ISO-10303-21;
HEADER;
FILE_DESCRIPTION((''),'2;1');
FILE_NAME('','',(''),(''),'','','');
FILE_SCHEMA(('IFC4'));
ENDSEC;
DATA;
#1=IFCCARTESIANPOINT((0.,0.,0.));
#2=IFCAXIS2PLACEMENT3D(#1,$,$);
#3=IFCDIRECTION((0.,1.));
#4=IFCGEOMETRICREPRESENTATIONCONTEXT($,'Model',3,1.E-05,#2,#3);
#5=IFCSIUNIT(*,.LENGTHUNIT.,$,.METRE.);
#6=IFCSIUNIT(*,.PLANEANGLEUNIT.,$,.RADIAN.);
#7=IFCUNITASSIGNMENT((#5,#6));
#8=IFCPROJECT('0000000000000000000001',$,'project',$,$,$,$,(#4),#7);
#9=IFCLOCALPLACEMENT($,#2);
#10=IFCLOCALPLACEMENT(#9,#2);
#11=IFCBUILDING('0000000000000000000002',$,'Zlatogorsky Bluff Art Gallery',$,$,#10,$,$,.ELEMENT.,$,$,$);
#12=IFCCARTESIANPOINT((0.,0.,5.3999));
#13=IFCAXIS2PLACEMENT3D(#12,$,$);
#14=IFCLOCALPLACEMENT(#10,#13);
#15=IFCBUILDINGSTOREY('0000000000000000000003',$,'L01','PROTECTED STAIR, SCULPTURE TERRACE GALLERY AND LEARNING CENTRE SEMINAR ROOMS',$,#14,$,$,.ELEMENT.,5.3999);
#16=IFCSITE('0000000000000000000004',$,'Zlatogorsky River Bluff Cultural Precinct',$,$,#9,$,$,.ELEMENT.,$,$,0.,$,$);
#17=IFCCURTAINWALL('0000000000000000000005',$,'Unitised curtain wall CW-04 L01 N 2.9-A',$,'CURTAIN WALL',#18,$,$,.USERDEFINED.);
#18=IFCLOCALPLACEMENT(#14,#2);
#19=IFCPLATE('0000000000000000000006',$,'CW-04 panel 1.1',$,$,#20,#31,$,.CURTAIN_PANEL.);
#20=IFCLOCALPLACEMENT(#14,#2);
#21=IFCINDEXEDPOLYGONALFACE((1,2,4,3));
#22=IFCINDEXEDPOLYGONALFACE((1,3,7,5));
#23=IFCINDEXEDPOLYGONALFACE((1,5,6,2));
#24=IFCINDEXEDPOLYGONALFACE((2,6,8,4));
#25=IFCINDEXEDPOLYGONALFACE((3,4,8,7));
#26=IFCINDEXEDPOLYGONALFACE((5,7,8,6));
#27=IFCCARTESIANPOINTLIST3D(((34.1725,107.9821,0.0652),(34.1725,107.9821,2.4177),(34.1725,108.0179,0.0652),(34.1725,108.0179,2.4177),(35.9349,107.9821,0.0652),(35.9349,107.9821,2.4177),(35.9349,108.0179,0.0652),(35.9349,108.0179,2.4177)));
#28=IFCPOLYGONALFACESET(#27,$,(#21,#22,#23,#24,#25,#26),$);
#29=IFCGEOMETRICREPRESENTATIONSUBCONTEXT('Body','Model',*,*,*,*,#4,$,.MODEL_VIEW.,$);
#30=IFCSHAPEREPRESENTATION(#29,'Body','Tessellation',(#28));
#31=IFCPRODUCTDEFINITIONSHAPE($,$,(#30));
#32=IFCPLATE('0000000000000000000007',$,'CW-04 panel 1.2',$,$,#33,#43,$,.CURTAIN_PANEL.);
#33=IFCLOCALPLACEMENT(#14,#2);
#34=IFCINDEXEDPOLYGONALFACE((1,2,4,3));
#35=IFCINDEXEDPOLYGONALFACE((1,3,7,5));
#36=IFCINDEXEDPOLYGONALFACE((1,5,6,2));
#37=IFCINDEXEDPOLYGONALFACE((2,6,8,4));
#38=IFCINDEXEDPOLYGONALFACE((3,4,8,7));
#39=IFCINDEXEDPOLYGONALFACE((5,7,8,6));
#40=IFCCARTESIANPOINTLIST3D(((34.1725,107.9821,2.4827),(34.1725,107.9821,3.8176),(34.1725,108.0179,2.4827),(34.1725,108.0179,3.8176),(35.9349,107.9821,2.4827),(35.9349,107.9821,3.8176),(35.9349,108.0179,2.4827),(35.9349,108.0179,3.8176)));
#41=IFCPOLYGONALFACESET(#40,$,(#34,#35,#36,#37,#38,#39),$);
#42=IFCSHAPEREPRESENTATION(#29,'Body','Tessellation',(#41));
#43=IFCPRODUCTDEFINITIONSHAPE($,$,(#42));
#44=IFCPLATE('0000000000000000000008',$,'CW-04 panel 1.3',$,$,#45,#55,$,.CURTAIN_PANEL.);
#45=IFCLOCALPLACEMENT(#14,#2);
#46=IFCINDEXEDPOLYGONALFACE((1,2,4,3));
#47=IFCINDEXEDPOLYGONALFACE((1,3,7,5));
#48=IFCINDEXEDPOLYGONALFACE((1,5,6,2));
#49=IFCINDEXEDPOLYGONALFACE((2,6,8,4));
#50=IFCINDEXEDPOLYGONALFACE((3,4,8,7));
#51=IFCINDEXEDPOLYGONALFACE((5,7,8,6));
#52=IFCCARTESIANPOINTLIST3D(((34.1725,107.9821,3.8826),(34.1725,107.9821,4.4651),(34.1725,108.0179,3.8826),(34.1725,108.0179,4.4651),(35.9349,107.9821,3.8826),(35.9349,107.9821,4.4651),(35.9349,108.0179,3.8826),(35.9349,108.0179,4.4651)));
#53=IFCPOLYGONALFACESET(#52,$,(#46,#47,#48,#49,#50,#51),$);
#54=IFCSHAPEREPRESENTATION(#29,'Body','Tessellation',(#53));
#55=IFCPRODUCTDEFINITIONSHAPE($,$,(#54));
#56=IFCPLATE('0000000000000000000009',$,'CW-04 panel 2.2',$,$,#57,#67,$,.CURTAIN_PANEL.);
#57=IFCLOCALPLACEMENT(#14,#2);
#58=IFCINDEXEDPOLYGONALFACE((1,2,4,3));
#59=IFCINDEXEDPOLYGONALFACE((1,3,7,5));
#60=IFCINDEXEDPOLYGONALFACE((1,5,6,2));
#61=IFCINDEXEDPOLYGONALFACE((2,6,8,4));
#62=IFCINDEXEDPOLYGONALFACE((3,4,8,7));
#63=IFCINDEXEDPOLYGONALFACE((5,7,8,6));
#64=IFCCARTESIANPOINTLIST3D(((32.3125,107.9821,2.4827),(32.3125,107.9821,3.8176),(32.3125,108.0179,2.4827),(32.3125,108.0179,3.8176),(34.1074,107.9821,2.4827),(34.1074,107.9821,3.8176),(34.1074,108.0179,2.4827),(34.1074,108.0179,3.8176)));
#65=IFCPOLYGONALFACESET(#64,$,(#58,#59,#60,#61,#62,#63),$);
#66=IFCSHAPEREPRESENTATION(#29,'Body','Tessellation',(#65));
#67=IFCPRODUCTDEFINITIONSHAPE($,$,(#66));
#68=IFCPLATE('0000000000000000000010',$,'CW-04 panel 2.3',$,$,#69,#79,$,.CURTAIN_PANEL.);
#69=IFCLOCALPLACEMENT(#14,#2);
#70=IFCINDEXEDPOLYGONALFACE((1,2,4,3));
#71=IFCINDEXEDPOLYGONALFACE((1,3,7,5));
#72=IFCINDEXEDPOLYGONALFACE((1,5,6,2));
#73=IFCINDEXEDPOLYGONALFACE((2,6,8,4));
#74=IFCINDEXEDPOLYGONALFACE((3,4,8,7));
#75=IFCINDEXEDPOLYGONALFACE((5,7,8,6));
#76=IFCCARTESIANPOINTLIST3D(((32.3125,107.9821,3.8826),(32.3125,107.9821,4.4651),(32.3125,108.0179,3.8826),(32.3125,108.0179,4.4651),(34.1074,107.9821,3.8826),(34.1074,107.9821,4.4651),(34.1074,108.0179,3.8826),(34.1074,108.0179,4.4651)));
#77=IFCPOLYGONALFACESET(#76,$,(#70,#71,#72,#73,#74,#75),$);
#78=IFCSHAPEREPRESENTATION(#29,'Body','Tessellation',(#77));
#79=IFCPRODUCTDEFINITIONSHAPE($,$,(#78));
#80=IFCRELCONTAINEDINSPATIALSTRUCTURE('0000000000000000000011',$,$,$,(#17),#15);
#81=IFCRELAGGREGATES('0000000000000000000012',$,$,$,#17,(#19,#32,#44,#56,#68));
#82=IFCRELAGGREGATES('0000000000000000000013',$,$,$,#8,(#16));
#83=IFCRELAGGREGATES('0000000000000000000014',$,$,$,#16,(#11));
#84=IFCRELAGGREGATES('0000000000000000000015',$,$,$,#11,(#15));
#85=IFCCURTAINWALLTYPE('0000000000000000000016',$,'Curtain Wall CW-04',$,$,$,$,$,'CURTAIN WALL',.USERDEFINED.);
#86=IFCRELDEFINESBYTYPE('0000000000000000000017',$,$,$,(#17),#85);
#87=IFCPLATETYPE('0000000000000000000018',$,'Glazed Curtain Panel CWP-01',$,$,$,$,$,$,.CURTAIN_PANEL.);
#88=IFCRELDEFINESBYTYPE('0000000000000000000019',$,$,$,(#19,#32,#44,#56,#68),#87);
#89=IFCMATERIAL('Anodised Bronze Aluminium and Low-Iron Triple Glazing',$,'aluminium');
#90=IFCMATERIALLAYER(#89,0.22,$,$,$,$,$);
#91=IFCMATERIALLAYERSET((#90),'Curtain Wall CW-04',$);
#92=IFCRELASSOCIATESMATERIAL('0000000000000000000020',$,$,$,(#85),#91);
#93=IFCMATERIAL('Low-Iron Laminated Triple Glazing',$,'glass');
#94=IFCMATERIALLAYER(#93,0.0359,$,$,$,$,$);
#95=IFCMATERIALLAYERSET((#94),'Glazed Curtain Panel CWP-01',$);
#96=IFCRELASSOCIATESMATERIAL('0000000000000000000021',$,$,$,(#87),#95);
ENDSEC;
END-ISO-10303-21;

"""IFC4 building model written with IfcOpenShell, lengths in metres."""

from ifc_helpers import new_model, si_unit, direction, frame, origin, origin_2d, place, context, subcontext, project, spatial, rectangle, extrude, material, layer, layer_set, type_object, element, aggregate, save


model = new_model("IFC4")

# Units and contexts
model_context = context("Model", 3, precision=1e-05, world=origin(), true_north=direction((0.0, 1.0)))
body_context = subcontext(model_context, "Body", "Model", "MODEL_VIEW")
ifc_project = project(units=[si_unit("LENGTHUNIT", "METRE"), si_unit("PLANEANGLEUNIT", "RADIAN")], contexts=[model_context])

# Site, building, storey
site_placement = place(None, origin())
site = spatial("IfcSite", under=ifc_project, at=site_placement, Name="Zlatogorsky River Bluff Cultural Precinct", CompositionType="ELEMENT", RefElevation=0.0)
building_placement = place(site_placement, origin())
building = spatial("IfcBuilding", under=site, at=building_placement, Name="Zlatogorsky Bluff Art Gallery", CompositionType="ELEMENT")
storey_placement = place(building_placement, frame((0.0, 0.0, 5.3999)))
storey = spatial("IfcBuildingStorey", under=building, at=storey_placement, Name="L01", Description="PROTECTED STAIR, SCULPTURE TERRACE GALLERY AND LEARNING CENTRE SEMINAR ROOMS", CompositionType="ELEMENT", Elevation=5.3999)

# Curtain wall
ifc_material_1 = material(Name="Anodised Bronze Aluminium and Low-Iron Triple Glazing", Category="aluminium")
ifc_layer_1 = layer(ifc_material_1, 0.22)
ifc_layer_set_1 = layer_set([ifc_layer_1], Name="Curtain Wall CW-04")
curtain_wall_type_1 = type_object("IfcCurtainWallType", Name="Curtain Wall CW-04", ElementType="CURTAIN WALL", PredefinedType="USERDEFINED", material=ifc_layer_set_1)
curtain_wall_1_placement = place(storey_placement, origin())
curtain_wall_1 = element("IfcCurtainWall", 1, at=curtain_wall_1_placement, inside=storey, type_object=curtain_wall_type_1, Name="Unitised curtain wall CW-04 L01 N 2.9-A", ObjectType="CURTAIN WALL", PredefinedType="USERDEFINED")

# Plates
ifc_material_2 = material(Name="Low-Iron Laminated Triple Glazing", Category="glass")
ifc_layer_2 = layer(ifc_material_2, 0.0359)
ifc_layer_set_2 = layer_set([ifc_layer_2], Name="Glazed Curtain Panel CWP-01")
plate_type = type_object("IfcPlateType", Name="Glazed Curtain Panel CWP-01", PredefinedType="CURTAIN_PANEL", material=ifc_layer_set_2)
plate_1_placement = place(storey_placement, frame((35.0537, 108.0, 0.0652), z_axis=(0.0, 0.0, 1.0), x_axis=(-1.0, 0.0, 0.0)))
plate_1 = element("IfcPlate", 2, at=plate_1_placement, type_object=plate_type, Name="CW-04 panel 1.1", PredefinedType="CURTAIN_PANEL", context=body_context, shape_type="SweptSolid", body=[
    extrude(rectangle(XDim=1.7625, YDim=0.0359, at=origin_2d()), origin(), (0.0, 0.0, 1.0), 2.3525),
])
plate_2_placement = place(storey_placement, frame((35.0537, 108.0, 2.4827), z_axis=(0.0, 0.0, 1.0), x_axis=(-1.0, 0.0, 0.0)))
plate_2 = element("IfcPlate", 3, at=plate_2_placement, type_object=plate_type, Name="CW-04 panel 1.2", PredefinedType="CURTAIN_PANEL", context=body_context, shape_type="SweptSolid", body=[
    extrude(rectangle(XDim=1.7625, YDim=0.0359, at=origin_2d()), origin(), (0.0, 0.0, 1.0), 1.335),
])
plate_3_placement = place(storey_placement, frame((35.0537, 108.0, 3.8826), z_axis=(0.0, 0.0, 1.0), x_axis=(-1.0, 0.0, 0.0)))
plate_3 = element("IfcPlate", 4, at=plate_3_placement, type_object=plate_type, Name="CW-04 panel 1.3", PredefinedType="CURTAIN_PANEL", context=body_context, shape_type="SweptSolid", body=[
    extrude(rectangle(XDim=1.7625, YDim=0.0359, at=origin_2d()), origin(), (0.0, 0.0, 1.0), 0.5825),
])
plate_4_placement = place(storey_placement, frame((33.21, 108.0, 2.4827), z_axis=(0.0, 0.0, 1.0), x_axis=(-1.0, 0.0, 0.0)))
plate_4 = element("IfcPlate", 5, at=plate_4_placement, type_object=plate_type, Name="CW-04 panel 2.2", PredefinedType="CURTAIN_PANEL", context=body_context, shape_type="SweptSolid", body=[
    extrude(rectangle(XDim=1.7949, YDim=0.0359, at=origin_2d()), origin(), (0.0, 0.0, 1.0), 1.335),
])
plate_5_placement = place(storey_placement, frame((33.21, 108.0, 3.8826), z_axis=(0.0, 0.0, 1.0), x_axis=(-1.0, 0.0, 0.0)))
plate_5 = element("IfcPlate", 6, at=plate_5_placement, type_object=plate_type, Name="CW-04 panel 2.3", PredefinedType="CURTAIN_PANEL", context=body_context, shape_type="SweptSolid", body=[
    extrude(rectangle(XDim=1.7949, YDim=0.0359, at=origin_2d()), origin(), (0.0, 0.0, 1.0), 0.5825),
])
aggregate(curtain_wall_1, [plate_1, plate_2, plate_3, plate_4, plate_5])

save(model, "model.ifc")
